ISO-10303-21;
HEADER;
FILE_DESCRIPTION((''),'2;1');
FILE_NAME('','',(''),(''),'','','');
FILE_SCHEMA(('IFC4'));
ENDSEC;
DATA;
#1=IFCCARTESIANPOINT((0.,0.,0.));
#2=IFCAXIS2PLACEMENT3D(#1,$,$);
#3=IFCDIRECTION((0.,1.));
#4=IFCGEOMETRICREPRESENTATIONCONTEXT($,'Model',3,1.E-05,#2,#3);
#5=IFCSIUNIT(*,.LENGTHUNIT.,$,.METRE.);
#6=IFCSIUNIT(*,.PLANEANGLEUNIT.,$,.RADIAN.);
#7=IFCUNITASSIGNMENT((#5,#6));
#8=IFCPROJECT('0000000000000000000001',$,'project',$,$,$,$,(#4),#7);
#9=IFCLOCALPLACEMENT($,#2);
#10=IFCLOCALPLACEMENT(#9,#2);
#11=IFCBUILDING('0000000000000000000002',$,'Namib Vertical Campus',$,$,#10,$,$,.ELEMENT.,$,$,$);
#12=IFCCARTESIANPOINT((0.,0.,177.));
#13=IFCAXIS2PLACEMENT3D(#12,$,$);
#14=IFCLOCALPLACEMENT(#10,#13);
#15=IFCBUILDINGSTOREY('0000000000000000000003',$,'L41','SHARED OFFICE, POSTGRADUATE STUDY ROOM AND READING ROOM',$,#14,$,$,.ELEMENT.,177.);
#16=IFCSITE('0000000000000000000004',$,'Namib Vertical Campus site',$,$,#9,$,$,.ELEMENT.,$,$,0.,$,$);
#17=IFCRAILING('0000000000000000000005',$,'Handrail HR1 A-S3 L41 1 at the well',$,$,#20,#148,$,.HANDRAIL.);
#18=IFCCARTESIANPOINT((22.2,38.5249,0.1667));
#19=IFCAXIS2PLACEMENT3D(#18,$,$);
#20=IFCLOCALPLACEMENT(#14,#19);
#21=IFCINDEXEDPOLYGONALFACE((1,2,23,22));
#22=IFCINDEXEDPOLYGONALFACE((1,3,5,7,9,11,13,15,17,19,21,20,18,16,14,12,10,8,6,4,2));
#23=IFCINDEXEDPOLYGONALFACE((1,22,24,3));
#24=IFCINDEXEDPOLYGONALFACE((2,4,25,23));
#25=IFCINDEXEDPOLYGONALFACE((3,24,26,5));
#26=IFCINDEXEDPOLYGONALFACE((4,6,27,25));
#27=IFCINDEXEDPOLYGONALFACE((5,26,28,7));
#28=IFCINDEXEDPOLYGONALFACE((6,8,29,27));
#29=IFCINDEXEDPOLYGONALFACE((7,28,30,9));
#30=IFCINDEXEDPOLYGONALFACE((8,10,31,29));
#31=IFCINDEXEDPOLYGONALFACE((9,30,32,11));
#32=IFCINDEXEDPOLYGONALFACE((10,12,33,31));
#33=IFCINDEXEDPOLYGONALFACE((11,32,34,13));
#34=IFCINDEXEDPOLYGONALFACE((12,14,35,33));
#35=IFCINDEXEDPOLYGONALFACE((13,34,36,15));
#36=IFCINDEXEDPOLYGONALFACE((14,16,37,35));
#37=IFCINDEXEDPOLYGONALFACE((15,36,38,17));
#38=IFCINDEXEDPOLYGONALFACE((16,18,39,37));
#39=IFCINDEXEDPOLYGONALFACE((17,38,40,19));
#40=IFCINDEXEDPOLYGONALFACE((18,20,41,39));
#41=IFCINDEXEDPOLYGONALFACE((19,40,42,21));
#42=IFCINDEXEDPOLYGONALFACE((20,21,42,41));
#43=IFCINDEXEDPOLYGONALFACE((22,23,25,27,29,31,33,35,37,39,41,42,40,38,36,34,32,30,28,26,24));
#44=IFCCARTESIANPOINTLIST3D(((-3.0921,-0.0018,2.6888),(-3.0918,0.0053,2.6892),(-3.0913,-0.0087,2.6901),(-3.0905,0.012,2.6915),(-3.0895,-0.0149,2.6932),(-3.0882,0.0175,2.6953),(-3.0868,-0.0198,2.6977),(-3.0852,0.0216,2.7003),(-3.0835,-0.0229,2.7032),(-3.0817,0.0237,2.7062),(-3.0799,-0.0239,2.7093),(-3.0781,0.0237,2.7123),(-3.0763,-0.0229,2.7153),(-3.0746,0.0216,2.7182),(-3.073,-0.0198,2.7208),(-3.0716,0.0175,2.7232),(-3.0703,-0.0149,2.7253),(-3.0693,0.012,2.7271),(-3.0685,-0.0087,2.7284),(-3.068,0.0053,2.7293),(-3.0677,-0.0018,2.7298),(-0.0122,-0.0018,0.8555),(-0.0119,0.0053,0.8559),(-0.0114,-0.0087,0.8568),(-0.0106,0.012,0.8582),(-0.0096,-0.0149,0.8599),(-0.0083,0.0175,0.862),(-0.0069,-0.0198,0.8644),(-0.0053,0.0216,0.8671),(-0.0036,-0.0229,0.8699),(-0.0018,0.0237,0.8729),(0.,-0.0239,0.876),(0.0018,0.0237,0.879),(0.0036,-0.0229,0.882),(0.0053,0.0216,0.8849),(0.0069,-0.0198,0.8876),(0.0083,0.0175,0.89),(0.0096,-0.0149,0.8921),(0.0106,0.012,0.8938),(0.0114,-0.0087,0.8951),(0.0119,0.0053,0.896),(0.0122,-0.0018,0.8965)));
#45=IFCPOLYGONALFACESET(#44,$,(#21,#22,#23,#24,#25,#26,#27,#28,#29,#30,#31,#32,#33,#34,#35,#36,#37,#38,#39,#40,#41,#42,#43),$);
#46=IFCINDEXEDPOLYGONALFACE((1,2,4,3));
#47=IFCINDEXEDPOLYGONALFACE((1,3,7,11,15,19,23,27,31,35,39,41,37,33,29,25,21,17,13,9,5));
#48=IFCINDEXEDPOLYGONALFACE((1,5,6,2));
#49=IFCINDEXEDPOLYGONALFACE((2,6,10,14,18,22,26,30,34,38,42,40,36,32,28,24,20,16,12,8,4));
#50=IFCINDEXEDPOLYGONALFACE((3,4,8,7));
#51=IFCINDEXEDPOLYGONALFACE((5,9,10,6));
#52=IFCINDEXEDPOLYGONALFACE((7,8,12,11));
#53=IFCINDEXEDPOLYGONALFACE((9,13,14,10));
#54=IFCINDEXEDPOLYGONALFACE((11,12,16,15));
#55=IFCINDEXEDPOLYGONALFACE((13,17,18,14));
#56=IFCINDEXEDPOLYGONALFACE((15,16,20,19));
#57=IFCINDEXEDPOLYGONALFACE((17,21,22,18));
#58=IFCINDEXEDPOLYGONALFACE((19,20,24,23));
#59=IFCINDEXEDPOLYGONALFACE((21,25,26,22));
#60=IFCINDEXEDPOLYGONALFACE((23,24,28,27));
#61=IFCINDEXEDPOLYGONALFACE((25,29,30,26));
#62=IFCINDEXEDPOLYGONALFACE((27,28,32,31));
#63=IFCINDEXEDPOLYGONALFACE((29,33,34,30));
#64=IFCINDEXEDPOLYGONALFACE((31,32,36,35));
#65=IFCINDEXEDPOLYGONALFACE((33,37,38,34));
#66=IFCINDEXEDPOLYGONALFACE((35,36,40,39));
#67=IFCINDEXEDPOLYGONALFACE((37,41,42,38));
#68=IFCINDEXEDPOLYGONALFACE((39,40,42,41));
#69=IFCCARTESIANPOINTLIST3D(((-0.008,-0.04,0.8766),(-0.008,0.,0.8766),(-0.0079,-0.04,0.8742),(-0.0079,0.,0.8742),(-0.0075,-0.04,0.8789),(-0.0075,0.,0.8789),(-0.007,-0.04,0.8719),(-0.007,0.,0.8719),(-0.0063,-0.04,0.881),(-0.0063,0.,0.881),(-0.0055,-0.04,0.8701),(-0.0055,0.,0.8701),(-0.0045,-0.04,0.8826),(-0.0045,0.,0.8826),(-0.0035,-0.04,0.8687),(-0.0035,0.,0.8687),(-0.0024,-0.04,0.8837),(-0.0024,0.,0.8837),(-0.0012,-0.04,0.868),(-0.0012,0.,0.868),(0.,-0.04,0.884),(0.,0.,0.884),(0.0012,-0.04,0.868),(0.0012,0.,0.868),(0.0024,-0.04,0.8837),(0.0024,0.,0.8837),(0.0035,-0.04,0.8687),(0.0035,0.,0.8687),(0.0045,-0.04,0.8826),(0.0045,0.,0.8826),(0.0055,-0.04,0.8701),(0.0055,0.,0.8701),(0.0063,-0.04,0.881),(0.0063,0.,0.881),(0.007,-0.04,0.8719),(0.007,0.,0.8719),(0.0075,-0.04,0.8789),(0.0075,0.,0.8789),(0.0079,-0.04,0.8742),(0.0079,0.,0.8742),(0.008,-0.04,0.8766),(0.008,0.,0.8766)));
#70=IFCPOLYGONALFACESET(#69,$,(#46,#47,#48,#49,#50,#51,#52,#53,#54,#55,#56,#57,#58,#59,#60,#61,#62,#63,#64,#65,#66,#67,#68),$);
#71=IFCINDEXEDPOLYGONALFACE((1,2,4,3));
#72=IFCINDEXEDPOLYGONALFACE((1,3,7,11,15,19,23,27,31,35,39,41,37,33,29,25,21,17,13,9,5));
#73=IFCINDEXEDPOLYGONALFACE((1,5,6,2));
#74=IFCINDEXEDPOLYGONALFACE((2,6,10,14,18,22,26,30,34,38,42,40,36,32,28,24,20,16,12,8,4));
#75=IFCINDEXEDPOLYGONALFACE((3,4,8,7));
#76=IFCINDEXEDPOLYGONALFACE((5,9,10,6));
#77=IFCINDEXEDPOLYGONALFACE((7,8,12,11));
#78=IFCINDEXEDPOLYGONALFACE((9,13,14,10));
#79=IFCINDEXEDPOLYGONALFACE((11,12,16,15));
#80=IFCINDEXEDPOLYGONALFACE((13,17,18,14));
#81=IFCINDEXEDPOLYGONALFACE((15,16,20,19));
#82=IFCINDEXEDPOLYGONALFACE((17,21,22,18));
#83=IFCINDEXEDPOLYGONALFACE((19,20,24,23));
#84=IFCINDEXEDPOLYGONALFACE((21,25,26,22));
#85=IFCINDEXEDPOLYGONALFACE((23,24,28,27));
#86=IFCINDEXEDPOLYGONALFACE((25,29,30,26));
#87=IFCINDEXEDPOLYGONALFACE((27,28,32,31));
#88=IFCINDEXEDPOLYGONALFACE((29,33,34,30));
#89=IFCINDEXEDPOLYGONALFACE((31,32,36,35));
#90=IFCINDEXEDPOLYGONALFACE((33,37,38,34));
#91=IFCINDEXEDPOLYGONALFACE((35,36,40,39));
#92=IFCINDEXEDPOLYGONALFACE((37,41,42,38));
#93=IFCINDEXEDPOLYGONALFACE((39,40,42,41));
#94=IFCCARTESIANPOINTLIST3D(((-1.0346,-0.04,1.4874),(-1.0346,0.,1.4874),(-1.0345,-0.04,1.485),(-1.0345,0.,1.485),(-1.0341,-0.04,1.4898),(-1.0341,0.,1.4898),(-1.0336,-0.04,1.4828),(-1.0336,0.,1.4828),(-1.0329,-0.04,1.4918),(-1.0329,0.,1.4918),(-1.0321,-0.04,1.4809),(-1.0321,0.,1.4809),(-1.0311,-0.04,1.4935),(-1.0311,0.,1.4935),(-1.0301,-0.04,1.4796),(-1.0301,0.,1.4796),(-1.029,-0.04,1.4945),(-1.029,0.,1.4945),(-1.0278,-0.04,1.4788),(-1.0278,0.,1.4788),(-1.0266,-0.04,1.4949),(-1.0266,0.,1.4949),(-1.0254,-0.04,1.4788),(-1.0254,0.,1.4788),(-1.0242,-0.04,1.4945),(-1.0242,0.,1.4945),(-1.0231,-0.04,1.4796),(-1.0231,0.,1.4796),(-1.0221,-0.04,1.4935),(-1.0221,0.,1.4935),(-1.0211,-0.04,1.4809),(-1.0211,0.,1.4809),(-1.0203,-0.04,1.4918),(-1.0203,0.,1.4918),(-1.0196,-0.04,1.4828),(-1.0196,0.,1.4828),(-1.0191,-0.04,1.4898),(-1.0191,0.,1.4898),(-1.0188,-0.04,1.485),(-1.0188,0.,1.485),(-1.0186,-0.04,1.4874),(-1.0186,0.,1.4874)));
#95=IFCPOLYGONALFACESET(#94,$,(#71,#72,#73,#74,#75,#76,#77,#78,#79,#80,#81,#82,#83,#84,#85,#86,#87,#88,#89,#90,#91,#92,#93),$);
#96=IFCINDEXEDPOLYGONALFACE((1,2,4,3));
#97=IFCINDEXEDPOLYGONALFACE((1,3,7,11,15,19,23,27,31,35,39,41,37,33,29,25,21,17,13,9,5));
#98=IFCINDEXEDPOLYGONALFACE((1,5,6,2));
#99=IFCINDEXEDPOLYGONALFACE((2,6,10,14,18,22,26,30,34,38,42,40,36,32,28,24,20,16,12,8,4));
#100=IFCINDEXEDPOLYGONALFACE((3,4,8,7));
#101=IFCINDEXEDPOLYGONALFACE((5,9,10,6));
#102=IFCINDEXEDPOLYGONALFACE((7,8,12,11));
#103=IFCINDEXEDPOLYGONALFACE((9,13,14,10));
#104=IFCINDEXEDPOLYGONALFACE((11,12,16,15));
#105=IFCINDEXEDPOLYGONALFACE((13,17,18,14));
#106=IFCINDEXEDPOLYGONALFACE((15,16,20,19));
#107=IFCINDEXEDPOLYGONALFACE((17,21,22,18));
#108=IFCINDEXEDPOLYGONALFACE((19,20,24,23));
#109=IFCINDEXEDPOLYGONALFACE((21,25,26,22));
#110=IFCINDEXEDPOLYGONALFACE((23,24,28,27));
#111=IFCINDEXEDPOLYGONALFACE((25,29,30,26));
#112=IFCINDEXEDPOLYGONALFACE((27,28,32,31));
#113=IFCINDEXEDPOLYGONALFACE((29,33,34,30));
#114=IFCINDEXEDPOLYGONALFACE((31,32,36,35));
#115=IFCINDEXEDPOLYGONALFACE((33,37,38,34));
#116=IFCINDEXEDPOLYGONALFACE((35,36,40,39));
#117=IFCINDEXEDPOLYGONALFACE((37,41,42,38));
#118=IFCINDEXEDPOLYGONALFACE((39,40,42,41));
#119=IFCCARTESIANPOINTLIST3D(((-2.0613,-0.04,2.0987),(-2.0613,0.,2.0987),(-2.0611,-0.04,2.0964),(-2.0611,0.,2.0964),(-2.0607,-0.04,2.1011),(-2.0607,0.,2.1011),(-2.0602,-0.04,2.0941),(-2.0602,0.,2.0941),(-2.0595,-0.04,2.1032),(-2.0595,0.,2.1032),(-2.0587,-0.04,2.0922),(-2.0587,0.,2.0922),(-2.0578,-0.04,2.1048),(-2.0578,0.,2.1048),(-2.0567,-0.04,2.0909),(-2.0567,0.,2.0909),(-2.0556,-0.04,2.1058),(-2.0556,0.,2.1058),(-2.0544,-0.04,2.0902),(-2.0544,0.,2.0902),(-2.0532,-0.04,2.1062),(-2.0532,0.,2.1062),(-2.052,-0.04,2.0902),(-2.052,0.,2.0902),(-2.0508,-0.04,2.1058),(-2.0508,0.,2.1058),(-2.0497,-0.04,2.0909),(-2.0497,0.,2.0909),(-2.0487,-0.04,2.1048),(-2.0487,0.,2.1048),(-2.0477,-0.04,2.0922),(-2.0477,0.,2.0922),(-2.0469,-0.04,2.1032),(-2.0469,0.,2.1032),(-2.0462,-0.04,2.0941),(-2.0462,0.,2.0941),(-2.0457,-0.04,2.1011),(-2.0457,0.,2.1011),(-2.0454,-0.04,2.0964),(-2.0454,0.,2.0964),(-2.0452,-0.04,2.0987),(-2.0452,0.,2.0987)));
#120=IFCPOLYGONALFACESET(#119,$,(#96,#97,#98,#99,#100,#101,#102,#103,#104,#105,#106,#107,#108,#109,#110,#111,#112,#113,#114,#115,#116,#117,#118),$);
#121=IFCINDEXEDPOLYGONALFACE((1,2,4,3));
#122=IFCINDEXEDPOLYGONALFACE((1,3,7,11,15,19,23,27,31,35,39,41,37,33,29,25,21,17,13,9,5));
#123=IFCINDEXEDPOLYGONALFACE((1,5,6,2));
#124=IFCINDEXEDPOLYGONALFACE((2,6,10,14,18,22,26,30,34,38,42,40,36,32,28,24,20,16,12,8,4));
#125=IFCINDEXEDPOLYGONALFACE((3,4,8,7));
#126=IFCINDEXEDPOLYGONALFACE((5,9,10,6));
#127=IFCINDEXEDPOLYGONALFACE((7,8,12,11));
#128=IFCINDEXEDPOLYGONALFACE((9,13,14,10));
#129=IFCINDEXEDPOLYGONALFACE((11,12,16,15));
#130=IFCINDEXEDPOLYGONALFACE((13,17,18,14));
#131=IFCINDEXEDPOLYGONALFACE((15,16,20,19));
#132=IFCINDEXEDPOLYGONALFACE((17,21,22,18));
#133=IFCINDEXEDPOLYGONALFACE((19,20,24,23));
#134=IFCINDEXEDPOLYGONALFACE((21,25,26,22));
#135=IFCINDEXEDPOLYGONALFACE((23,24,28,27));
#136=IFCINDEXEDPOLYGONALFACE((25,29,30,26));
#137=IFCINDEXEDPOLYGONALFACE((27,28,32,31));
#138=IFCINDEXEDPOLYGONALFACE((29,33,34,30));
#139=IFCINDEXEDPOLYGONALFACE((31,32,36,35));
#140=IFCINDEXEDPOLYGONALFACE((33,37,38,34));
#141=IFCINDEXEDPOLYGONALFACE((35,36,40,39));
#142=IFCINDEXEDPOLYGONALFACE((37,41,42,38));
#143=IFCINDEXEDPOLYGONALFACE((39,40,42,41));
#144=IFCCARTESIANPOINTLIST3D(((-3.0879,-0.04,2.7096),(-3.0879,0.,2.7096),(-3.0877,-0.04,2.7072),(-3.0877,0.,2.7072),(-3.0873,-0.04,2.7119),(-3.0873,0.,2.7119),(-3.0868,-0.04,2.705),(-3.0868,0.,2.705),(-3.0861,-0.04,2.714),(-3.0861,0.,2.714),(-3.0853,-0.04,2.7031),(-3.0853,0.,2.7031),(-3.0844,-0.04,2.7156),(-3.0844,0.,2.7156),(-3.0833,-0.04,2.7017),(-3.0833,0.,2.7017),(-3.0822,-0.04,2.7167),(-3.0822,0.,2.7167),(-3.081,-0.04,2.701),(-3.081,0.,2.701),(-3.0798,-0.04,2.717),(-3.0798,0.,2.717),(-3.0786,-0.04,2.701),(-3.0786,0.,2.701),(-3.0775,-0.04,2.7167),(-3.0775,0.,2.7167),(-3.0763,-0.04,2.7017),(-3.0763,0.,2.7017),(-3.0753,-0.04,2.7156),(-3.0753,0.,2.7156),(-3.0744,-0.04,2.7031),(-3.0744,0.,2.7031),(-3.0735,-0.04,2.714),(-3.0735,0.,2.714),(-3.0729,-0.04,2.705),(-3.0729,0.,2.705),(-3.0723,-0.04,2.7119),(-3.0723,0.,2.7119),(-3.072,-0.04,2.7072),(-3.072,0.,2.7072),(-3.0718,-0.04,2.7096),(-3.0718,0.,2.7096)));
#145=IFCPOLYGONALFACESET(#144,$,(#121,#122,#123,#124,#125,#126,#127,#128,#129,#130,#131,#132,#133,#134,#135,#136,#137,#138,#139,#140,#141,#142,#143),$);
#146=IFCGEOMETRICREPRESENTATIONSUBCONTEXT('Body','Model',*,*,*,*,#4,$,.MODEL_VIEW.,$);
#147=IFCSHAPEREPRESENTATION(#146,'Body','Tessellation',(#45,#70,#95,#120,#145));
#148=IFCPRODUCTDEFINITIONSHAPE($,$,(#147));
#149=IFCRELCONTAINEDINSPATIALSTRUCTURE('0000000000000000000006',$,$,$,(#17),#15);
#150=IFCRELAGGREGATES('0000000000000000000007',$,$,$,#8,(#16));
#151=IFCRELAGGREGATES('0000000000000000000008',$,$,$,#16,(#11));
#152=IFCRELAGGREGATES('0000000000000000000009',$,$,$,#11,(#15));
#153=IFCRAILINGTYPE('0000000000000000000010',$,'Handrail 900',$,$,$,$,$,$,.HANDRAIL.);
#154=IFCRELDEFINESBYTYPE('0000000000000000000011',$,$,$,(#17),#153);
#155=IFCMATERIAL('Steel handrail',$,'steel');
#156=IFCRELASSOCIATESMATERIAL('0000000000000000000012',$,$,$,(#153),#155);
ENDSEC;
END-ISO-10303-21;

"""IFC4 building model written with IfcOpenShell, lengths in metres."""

from ifc_helpers import new_model, si_unit, direction, frame, origin, origin_2d, place, context, subcontext, project, spatial, circle, extrude, material, type_object, element, save


model = new_model("IFC4")

# Units and contexts
model_context = context("Model", 3, precision=1e-05, world=origin(), true_north=direction((0.0, 1.0)))
body_context = subcontext(model_context, "Body", "Model", "MODEL_VIEW")
ifc_project = project(units=[si_unit("LENGTHUNIT", "METRE"), si_unit("PLANEANGLEUNIT", "RADIAN")], contexts=[model_context])

# Site, building, storey
site_placement = place(None, origin())
site = spatial("IfcSite", under=ifc_project, at=site_placement, Name="Namib Vertical Campus site", CompositionType="ELEMENT", RefElevation=0.0)
building_placement = place(site_placement, origin())
building = spatial("IfcBuilding", under=site, at=building_placement, Name="Namib Vertical Campus", CompositionType="ELEMENT")
storey_placement = place(building_placement, frame((0.0, 0.0, 177.0)))
storey = spatial("IfcBuildingStorey", under=building, at=storey_placement, Name="L41", Description="SHARED OFFICE, POSTGRADUATE STUDY ROOM AND READING ROOM", CompositionType="ELEMENT", Elevation=177.0)

# Railing
ifc_material_1 = material(Name="Steel handrail", Category="steel")
railing_type_1 = type_object("IfcRailingType", Name="Handrail 900", PredefinedType="HANDRAIL", material=ifc_material_1)
railing_1_placement = place(storey_placement, frame((22.2, 38.5249, 0.1667)))
element("IfcRailing", 1, at=railing_1_placement, inside=storey, type_object=railing_type_1, Name="Handrail HR1 A-S3 L41 1 at the well", PredefinedType="HANDRAIL", context=body_context, shape_type="SweptSolid", body=[
    extrude(circle(Radius=0.0239, at=origin_2d()), frame((0.0, 0.0, 0.876), z_axis=(-0.859291, 0.0, 0.511487), x_axis=(0.0, -1.0, 0.0)), (0.0, 0.0, 1.0), 3.5842),
    extrude(circle(Radius=0.0081, at=origin_2d()), frame((0.0, 0.0, 0.876), z_axis=(0.0, -1.0, 0.0), x_axis=(0.0, 0.0, 1.0)), (0.0, 0.0, 1.0), 0.04),
    extrude(circle(Radius=0.0081, at=origin_2d()), frame((-1.0266, 0.0, 1.4868), z_axis=(0.0, -1.0, 0.0), x_axis=(0.0, 0.0, 1.0)), (0.0, 0.0, 1.0), 0.04),
    extrude(circle(Radius=0.0081, at=origin_2d()), frame((-2.0532, 0.0, 2.0981), z_axis=(0.0, -1.0, 0.0), x_axis=(0.0, 0.0, 1.0)), (0.0, 0.0, 1.0), 0.04),
    extrude(circle(Radius=0.0081, at=origin_2d()), frame((-3.0798, 0.0, 2.709), z_axis=(0.0, -1.0, 0.0), x_axis=(0.0, 0.0, 1.0)), (0.0, 0.0, 1.0), 0.04),
])

save(model, "model.ifc")
